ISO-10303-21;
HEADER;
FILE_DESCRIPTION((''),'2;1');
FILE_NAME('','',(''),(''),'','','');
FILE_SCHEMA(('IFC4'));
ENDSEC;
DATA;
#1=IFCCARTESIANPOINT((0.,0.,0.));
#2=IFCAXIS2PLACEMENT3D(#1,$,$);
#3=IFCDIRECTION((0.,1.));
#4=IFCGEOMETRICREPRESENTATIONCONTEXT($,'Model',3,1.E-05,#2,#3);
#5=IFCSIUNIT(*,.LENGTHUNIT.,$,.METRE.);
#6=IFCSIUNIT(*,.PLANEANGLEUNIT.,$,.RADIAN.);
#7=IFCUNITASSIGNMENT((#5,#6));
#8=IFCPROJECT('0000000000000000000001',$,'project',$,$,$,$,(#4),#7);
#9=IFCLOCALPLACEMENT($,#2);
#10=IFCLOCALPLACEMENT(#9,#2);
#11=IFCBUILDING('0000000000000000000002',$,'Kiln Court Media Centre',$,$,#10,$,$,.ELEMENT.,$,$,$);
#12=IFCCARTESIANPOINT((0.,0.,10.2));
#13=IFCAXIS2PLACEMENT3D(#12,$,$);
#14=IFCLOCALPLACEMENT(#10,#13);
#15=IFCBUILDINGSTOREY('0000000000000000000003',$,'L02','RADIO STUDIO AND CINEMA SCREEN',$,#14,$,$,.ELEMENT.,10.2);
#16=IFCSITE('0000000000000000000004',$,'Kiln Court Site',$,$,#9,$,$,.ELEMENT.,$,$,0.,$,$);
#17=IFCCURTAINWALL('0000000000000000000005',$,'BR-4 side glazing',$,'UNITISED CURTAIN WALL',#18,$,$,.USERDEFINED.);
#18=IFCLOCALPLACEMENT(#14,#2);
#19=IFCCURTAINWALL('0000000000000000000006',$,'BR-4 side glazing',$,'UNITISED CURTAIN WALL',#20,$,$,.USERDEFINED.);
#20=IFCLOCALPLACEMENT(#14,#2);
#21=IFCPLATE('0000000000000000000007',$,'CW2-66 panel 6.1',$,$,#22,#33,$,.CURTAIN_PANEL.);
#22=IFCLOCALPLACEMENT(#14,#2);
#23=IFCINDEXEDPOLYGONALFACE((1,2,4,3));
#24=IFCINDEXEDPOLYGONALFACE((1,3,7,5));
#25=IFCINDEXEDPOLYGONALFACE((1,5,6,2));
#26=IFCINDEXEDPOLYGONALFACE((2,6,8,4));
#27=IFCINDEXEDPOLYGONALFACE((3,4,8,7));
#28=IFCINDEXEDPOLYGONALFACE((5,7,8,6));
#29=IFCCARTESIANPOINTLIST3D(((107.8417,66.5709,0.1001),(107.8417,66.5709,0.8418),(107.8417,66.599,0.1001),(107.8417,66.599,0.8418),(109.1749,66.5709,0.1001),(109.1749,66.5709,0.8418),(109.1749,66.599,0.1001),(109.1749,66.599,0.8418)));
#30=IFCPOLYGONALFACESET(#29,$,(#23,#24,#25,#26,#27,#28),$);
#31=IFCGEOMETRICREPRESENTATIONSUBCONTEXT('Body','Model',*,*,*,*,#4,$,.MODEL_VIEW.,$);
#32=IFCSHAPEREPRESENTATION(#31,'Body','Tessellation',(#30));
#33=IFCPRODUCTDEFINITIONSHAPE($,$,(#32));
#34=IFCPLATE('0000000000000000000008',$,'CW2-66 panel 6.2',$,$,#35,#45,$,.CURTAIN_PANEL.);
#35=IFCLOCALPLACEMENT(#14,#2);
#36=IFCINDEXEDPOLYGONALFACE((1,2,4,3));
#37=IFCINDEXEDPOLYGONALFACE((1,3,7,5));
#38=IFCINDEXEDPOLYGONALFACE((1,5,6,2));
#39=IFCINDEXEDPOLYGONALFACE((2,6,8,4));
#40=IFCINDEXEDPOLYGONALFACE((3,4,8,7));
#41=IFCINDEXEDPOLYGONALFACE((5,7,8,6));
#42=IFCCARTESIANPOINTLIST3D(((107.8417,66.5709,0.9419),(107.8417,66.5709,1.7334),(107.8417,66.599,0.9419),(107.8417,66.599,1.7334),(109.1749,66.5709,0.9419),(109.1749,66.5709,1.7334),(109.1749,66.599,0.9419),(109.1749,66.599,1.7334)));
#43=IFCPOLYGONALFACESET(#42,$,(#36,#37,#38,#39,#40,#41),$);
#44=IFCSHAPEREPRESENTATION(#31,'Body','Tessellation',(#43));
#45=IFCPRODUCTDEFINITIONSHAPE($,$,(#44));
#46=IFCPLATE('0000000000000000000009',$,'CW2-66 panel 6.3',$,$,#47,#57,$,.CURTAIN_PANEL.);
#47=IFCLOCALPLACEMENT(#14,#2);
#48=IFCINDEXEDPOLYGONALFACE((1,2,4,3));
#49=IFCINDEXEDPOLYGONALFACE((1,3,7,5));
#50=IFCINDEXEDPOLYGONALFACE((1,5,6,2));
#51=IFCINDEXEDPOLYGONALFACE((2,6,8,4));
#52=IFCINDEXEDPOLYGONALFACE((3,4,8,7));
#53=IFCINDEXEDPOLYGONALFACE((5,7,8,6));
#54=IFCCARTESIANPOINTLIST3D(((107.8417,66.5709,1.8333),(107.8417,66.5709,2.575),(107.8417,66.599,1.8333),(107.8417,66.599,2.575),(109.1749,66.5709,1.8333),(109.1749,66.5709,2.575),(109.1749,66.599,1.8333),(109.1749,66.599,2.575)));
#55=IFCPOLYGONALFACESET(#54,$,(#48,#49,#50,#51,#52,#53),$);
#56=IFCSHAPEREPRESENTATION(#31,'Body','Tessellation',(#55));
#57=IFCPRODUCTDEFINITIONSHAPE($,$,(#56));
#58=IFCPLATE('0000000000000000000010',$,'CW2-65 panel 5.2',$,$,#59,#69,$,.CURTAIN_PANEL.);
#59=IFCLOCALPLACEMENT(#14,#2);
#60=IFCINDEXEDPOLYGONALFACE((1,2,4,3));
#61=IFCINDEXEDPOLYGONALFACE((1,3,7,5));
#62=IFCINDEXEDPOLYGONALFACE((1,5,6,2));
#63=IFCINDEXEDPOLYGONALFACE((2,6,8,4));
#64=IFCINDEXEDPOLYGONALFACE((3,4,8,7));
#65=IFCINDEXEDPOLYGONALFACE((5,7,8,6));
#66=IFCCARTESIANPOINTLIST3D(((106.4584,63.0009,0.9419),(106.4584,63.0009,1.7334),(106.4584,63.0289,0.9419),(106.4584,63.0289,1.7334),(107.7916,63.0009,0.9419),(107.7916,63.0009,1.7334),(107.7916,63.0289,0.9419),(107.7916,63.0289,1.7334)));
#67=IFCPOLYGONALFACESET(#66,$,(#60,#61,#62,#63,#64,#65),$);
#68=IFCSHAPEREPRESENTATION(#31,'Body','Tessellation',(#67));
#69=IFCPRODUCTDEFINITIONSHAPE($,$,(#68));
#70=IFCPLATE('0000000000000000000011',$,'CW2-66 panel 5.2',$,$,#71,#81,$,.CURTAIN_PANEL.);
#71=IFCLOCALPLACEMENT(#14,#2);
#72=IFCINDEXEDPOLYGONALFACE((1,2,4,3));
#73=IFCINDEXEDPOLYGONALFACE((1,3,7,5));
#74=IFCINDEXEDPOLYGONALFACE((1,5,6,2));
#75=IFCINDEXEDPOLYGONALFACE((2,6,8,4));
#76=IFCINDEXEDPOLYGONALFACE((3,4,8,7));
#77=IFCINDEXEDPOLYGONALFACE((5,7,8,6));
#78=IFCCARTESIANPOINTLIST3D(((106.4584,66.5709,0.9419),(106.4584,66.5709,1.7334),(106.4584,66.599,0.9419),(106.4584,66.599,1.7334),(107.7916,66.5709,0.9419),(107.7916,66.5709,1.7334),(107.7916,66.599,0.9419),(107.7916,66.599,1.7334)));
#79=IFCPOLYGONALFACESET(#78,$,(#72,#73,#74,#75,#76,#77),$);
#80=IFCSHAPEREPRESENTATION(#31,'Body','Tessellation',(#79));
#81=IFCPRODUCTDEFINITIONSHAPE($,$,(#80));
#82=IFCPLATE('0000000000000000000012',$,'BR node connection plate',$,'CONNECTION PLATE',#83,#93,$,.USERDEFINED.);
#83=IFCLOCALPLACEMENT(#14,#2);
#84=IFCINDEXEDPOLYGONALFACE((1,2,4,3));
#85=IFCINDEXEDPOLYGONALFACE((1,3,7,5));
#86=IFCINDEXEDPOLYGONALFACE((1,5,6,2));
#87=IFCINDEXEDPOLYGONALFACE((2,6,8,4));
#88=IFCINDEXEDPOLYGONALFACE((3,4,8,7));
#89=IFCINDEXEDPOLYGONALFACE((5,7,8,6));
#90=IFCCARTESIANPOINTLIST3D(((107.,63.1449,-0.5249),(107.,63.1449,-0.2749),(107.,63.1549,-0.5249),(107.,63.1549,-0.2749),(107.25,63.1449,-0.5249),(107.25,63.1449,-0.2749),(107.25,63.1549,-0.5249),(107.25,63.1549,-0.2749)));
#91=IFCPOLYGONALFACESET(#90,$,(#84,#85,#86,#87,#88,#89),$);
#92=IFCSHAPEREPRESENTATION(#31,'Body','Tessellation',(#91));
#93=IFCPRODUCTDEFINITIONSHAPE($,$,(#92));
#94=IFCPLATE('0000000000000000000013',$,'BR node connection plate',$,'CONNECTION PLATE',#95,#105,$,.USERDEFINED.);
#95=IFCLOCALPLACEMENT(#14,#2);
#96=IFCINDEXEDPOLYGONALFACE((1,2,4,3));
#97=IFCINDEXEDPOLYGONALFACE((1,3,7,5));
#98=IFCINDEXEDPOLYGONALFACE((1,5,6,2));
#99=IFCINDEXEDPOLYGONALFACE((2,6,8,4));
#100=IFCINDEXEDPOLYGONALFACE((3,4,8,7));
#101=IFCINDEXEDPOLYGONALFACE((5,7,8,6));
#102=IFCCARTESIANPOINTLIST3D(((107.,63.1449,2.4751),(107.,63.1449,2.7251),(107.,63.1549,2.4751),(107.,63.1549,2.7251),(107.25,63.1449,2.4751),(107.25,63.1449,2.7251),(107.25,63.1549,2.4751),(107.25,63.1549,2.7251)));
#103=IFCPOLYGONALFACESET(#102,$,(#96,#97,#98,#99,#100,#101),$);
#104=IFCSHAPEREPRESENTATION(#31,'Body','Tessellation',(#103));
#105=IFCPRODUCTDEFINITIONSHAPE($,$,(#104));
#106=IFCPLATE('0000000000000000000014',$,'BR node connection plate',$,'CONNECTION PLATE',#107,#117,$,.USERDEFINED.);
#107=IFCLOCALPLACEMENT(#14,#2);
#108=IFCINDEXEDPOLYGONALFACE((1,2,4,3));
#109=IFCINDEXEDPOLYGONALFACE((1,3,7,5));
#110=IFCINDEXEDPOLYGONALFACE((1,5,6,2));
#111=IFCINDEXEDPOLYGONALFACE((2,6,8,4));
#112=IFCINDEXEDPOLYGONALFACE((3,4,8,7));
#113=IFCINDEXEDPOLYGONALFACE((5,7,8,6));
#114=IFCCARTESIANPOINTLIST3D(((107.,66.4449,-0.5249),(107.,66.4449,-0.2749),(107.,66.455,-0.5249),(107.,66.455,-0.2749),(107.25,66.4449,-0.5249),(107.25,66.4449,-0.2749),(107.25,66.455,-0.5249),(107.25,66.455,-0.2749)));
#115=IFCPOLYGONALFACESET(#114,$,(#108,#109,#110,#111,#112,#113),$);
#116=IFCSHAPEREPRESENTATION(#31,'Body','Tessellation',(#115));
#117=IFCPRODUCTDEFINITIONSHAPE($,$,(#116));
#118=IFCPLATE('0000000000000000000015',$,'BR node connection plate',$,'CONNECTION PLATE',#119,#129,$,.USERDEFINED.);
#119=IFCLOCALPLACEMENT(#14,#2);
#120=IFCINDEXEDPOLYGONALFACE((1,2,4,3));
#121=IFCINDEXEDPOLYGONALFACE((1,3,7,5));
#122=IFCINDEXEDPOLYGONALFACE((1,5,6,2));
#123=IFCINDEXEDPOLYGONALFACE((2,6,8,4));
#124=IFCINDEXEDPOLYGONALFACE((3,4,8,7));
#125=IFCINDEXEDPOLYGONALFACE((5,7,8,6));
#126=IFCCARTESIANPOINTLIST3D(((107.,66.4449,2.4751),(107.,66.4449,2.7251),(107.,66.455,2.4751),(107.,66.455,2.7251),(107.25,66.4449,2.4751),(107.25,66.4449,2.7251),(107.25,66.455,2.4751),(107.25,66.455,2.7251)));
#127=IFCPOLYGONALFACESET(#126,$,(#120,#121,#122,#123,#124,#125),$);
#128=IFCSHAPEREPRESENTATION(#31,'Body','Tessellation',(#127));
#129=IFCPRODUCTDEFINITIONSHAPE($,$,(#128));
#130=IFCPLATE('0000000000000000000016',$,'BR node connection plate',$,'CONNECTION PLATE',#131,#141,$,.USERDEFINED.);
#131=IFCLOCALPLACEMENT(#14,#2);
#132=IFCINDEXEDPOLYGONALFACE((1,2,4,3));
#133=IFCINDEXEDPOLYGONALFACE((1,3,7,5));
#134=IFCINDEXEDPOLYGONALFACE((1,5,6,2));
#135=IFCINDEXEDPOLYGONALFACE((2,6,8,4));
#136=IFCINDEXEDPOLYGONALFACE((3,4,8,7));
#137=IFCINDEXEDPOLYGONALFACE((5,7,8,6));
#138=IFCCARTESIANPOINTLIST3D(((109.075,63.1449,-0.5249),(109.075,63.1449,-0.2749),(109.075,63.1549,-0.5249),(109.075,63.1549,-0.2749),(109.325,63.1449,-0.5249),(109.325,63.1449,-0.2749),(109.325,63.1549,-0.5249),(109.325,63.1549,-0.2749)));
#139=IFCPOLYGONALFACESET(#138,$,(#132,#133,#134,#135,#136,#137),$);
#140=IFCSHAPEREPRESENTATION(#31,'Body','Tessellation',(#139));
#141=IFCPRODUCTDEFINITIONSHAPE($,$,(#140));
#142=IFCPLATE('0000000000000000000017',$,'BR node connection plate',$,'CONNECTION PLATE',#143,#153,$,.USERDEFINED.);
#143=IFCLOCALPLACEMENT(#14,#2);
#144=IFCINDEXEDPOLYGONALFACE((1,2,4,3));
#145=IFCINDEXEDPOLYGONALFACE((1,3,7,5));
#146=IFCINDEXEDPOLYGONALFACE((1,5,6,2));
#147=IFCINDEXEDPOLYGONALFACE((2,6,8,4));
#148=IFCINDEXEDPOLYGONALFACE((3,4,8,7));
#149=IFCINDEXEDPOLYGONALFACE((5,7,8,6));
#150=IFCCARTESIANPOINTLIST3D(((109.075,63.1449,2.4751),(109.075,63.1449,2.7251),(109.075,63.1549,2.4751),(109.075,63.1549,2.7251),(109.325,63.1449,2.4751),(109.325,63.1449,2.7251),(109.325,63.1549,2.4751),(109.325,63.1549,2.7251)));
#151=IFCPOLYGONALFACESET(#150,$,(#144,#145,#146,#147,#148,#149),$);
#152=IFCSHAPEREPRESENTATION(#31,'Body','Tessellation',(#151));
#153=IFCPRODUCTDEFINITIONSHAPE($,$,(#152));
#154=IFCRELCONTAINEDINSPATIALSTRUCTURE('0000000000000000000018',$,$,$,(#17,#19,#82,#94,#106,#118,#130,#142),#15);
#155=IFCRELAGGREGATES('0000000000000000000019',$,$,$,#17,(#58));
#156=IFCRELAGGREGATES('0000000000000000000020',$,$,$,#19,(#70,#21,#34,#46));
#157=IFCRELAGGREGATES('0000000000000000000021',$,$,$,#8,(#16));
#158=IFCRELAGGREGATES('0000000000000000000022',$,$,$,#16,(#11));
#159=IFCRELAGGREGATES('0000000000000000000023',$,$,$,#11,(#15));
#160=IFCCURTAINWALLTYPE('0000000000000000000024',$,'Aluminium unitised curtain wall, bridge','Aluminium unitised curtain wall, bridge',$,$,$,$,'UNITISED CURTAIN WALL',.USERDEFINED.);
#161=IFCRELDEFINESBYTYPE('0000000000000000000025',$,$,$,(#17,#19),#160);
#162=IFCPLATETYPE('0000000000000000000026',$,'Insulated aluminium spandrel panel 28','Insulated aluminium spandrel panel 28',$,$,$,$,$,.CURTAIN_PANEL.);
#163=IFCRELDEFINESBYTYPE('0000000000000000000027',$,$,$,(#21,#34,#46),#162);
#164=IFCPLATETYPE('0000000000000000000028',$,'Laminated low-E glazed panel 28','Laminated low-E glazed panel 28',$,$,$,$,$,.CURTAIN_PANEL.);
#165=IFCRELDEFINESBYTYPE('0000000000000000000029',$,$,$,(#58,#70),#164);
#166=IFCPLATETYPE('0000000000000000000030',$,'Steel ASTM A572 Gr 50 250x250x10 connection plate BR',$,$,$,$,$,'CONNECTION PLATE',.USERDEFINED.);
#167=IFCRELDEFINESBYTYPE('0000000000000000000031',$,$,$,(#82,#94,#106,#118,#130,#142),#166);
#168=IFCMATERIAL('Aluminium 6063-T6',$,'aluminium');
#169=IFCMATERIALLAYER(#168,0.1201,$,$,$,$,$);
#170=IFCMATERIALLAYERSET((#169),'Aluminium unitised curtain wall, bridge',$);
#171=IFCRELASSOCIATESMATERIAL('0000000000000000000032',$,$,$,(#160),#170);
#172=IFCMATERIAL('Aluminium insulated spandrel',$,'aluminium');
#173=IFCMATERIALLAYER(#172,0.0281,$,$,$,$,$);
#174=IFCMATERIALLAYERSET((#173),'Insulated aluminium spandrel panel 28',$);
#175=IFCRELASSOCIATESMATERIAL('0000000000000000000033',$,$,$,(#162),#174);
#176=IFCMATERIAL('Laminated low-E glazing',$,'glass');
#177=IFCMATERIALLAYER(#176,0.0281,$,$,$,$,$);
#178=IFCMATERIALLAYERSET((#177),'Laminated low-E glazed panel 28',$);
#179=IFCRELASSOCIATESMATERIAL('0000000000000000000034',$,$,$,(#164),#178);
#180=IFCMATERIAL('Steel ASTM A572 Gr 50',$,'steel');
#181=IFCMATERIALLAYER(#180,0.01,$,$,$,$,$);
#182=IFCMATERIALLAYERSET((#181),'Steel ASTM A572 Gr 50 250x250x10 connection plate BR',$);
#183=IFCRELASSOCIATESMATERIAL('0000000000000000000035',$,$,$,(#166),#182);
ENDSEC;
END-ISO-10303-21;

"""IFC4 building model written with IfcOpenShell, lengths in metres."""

from ifc_helpers import new_model, si_unit, direction, frame, origin, origin_2d, place, context, subcontext, project, spatial, rectangle, extrude, material, layer, layer_set, type_object, element, aggregate, save


model = new_model("IFC4")

# Units and contexts
model_context = context("Model", 3, precision=1e-05, world=origin(), true_north=direction((0.0, 1.0)))
body_context = subcontext(model_context, "Body", "Model", "MODEL_VIEW")
ifc_project = project(units=[si_unit("LENGTHUNIT", "METRE"), si_unit("PLANEANGLEUNIT", "RADIAN")], contexts=[model_context])

# Site, building, storey
site_placement = place(None, origin())
site = spatial("IfcSite", under=ifc_project, at=site_placement, Name="Kiln Court Site", CompositionType="ELEMENT", RefElevation=0.0)
building_placement = place(site_placement, origin())
building = spatial("IfcBuilding", under=site, at=building_placement, Name="Kiln Court Media Centre", CompositionType="ELEMENT")
storey_placement = place(building_placement, frame((0.0, 0.0, 10.2)))
storey = spatial("IfcBuildingStorey", under=building, at=storey_placement, Name="L02", Description="RADIO STUDIO AND CINEMA SCREEN", CompositionType="ELEMENT", Elevation=10.2)

# Curtain wall
ifc_material_1 = material(Name="Aluminium 6063-T6", Category="aluminium")
ifc_layer_1 = layer(ifc_material_1, 0.1201)
ifc_layer_set_1 = layer_set([ifc_layer_1], Name="Aluminium unitised curtain wall, bridge")
curtain_wall_type = type_object("IfcCurtainWallType", Name="Aluminium unitised curtain wall, bridge", Description="Aluminium unitised curtain wall, bridge", ElementType="UNITISED CURTAIN WALL", PredefinedType="USERDEFINED", material=ifc_layer_set_1)
curtain_wall_1_placement = place(storey_placement, origin())
curtain_wall_1 = element("IfcCurtainWall", 1, at=curtain_wall_1_placement, inside=storey, type_object=curtain_wall_type, Name="BR-4 side glazing", ObjectType="UNITISED CURTAIN WALL", PredefinedType="USERDEFINED")

# Curtain wall
curtain_wall_2_placement = place(storey_placement, origin())
curtain_wall_2 = element("IfcCurtainWall", 2, at=curtain_wall_2_placement, inside=storey, type_object=curtain_wall_type, Name="BR-4 side glazing", ObjectType="UNITISED CURTAIN WALL", PredefinedType="USERDEFINED")

# Plates
ifc_material_2 = material(Name="Aluminium insulated spandrel", Category="aluminium")
ifc_layer_2 = layer(ifc_material_2, 0.0281)
ifc_layer_set_2 = layer_set([ifc_layer_2], Name="Insulated aluminium spandrel panel 28")
plate_type_1 = type_object("IfcPlateType", Name="Insulated aluminium spandrel panel 28", Description="Insulated aluminium spandrel panel 28", PredefinedType="CURTAIN_PANEL", material=ifc_layer_set_2)
plate_1_placement = place(storey_placement, frame((108.5083, 66.585, 0.1001), z_axis=(0.0, 0.0, 1.0), x_axis=(1.0, 0.0, 0.0)))
plate_1 = element("IfcPlate", 3, at=plate_1_placement, type_object=plate_type_1, Name="CW2-66 panel 6.1", PredefinedType="CURTAIN_PANEL", context=body_context, shape_type="SweptSolid", body=[
    extrude(rectangle(XDim=1.3333, YDim=0.0281, at=origin_2d()), origin(), (0.0, 0.0, 1.0), 0.7417),
])
plate_2_placement = place(storey_placement, frame((108.5083, 66.585, 0.9419), z_axis=(0.0, 0.0, 1.0), x_axis=(1.0, 0.0, 0.0)))
plate_2 = element("IfcPlate", 4, at=plate_2_placement, type_object=plate_type_1, Name="CW2-66 panel 6.2", PredefinedType="CURTAIN_PANEL", context=body_context, shape_type="SweptSolid", body=[
    extrude(rectangle(XDim=1.3333, YDim=0.0281, at=origin_2d()), origin(), (0.0, 0.0, 1.0), 0.7915),
])
plate_3_placement = place(storey_placement, frame((108.5083, 66.585, 1.8333), z_axis=(0.0, 0.0, 1.0), x_axis=(1.0, 0.0, 0.0)))
plate_3 = element("IfcPlate", 5, at=plate_3_placement, type_object=plate_type_1, Name="CW2-66 panel 6.3", PredefinedType="CURTAIN_PANEL", context=body_context, shape_type="SweptSolid", body=[
    extrude(rectangle(XDim=1.3333, YDim=0.0281, at=origin_2d()), origin(), (0.0, 0.0, 1.0), 0.7417),
])
ifc_material_3 = material(Name="Laminated low-E glazing", Category="glass")
ifc_layer_3 = layer(ifc_material_3, 0.0281)
ifc_layer_set_3 = layer_set([ifc_layer_3], Name="Laminated low-E glazed panel 28")
plate_type_2 = type_object("IfcPlateType", Name="Laminated low-E glazed panel 28", Description="Laminated low-E glazed panel 28", PredefinedType="CURTAIN_PANEL", material=ifc_layer_set_3)
plate_4_placement = place(storey_placement, frame((107.125, 63.0149, 0.9419), z_axis=(0.0, 0.0, 1.0), x_axis=(1.0, 0.0, 0.0)))
plate_4 = element("IfcPlate", 6, at=plate_4_placement, type_object=plate_type_2, Name="CW2-65 panel 5.2", PredefinedType="CURTAIN_PANEL", context=body_context, shape_type="SweptSolid", body=[
    extrude(rectangle(XDim=1.3333, YDim=0.0281, at=origin_2d()), origin(), (0.0, 0.0, 1.0), 0.7915),
])
aggregate(curtain_wall_1, [plate_4])
plate_5_placement = place(storey_placement, frame((107.125, 66.585, 0.9419), z_axis=(0.0, 0.0, 1.0), x_axis=(1.0, 0.0, 0.0)))
plate_5 = element("IfcPlate", 7, at=plate_5_placement, type_object=plate_type_2, Name="CW2-66 panel 5.2", PredefinedType="CURTAIN_PANEL", context=body_context, shape_type="SweptSolid", body=[
    extrude(rectangle(XDim=1.3333, YDim=0.0281, at=origin_2d()), origin(), (0.0, 0.0, 1.0), 0.7915),
])
aggregate(curtain_wall_2, [plate_5, plate_1, plate_2, plate_3])

# Plates
ifc_material_4 = material(Name="Steel ASTM A572 Gr 50", Category="steel")
ifc_layer_4 = layer(ifc_material_4, 0.01)
ifc_layer_set_4 = layer_set([ifc_layer_4], Name="Steel ASTM A572 Gr 50 250x250x10 connection plate BR")
plate_type_3 = type_object("IfcPlateType", Name="Steel ASTM A572 Gr 50 250x250x10 connection plate BR", ElementType="CONNECTION PLATE", PredefinedType="USERDEFINED", material=ifc_layer_set_4)
for number, where, z_axis, x_axis, name in (
    (8, (107.125, 63.1499, -0.5249), (0.0, 0.0, 1.0), (1.0, 0.0, 0.0), "BR node connection plate"),
    (9, (107.125, 63.1499, 2.4751), (0.0, 0.0, 1.0), (1.0, 0.0, 0.0), "BR node connection plate"),
    (10, (107.125, 66.45, -0.5249), (0.0, 0.0, 1.0), (1.0, 0.0, 0.0), "BR node connection plate"),
    (11, (107.125, 66.45, 2.4751), (0.0, 0.0, 1.0), (1.0, 0.0, 0.0), "BR node connection plate"),
    (12, (109.2, 63.1499, -0.5249), (0.0, 0.0, 1.0), (1.0, 0.0, 0.0), "BR node connection plate"),
    (13, (109.2, 63.1499, 2.4751), (0.0, 0.0, 1.0), (1.0, 0.0, 0.0), "BR node connection plate"),
):
    element("IfcPlate", number, at=place(storey_placement, frame(where, z_axis=z_axis, x_axis=x_axis)), inside=storey, type_object=plate_type_3, Name=name, ObjectType="CONNECTION PLATE", PredefinedType="USERDEFINED", context=body_context, shape_type="SweptSolid", body=[
        extrude(rectangle(XDim=0.25, YDim=0.01, at=origin_2d()), origin(), (0.0, 0.0, 1.0), 0.25),
    ])

save(model, "model.ifc")
